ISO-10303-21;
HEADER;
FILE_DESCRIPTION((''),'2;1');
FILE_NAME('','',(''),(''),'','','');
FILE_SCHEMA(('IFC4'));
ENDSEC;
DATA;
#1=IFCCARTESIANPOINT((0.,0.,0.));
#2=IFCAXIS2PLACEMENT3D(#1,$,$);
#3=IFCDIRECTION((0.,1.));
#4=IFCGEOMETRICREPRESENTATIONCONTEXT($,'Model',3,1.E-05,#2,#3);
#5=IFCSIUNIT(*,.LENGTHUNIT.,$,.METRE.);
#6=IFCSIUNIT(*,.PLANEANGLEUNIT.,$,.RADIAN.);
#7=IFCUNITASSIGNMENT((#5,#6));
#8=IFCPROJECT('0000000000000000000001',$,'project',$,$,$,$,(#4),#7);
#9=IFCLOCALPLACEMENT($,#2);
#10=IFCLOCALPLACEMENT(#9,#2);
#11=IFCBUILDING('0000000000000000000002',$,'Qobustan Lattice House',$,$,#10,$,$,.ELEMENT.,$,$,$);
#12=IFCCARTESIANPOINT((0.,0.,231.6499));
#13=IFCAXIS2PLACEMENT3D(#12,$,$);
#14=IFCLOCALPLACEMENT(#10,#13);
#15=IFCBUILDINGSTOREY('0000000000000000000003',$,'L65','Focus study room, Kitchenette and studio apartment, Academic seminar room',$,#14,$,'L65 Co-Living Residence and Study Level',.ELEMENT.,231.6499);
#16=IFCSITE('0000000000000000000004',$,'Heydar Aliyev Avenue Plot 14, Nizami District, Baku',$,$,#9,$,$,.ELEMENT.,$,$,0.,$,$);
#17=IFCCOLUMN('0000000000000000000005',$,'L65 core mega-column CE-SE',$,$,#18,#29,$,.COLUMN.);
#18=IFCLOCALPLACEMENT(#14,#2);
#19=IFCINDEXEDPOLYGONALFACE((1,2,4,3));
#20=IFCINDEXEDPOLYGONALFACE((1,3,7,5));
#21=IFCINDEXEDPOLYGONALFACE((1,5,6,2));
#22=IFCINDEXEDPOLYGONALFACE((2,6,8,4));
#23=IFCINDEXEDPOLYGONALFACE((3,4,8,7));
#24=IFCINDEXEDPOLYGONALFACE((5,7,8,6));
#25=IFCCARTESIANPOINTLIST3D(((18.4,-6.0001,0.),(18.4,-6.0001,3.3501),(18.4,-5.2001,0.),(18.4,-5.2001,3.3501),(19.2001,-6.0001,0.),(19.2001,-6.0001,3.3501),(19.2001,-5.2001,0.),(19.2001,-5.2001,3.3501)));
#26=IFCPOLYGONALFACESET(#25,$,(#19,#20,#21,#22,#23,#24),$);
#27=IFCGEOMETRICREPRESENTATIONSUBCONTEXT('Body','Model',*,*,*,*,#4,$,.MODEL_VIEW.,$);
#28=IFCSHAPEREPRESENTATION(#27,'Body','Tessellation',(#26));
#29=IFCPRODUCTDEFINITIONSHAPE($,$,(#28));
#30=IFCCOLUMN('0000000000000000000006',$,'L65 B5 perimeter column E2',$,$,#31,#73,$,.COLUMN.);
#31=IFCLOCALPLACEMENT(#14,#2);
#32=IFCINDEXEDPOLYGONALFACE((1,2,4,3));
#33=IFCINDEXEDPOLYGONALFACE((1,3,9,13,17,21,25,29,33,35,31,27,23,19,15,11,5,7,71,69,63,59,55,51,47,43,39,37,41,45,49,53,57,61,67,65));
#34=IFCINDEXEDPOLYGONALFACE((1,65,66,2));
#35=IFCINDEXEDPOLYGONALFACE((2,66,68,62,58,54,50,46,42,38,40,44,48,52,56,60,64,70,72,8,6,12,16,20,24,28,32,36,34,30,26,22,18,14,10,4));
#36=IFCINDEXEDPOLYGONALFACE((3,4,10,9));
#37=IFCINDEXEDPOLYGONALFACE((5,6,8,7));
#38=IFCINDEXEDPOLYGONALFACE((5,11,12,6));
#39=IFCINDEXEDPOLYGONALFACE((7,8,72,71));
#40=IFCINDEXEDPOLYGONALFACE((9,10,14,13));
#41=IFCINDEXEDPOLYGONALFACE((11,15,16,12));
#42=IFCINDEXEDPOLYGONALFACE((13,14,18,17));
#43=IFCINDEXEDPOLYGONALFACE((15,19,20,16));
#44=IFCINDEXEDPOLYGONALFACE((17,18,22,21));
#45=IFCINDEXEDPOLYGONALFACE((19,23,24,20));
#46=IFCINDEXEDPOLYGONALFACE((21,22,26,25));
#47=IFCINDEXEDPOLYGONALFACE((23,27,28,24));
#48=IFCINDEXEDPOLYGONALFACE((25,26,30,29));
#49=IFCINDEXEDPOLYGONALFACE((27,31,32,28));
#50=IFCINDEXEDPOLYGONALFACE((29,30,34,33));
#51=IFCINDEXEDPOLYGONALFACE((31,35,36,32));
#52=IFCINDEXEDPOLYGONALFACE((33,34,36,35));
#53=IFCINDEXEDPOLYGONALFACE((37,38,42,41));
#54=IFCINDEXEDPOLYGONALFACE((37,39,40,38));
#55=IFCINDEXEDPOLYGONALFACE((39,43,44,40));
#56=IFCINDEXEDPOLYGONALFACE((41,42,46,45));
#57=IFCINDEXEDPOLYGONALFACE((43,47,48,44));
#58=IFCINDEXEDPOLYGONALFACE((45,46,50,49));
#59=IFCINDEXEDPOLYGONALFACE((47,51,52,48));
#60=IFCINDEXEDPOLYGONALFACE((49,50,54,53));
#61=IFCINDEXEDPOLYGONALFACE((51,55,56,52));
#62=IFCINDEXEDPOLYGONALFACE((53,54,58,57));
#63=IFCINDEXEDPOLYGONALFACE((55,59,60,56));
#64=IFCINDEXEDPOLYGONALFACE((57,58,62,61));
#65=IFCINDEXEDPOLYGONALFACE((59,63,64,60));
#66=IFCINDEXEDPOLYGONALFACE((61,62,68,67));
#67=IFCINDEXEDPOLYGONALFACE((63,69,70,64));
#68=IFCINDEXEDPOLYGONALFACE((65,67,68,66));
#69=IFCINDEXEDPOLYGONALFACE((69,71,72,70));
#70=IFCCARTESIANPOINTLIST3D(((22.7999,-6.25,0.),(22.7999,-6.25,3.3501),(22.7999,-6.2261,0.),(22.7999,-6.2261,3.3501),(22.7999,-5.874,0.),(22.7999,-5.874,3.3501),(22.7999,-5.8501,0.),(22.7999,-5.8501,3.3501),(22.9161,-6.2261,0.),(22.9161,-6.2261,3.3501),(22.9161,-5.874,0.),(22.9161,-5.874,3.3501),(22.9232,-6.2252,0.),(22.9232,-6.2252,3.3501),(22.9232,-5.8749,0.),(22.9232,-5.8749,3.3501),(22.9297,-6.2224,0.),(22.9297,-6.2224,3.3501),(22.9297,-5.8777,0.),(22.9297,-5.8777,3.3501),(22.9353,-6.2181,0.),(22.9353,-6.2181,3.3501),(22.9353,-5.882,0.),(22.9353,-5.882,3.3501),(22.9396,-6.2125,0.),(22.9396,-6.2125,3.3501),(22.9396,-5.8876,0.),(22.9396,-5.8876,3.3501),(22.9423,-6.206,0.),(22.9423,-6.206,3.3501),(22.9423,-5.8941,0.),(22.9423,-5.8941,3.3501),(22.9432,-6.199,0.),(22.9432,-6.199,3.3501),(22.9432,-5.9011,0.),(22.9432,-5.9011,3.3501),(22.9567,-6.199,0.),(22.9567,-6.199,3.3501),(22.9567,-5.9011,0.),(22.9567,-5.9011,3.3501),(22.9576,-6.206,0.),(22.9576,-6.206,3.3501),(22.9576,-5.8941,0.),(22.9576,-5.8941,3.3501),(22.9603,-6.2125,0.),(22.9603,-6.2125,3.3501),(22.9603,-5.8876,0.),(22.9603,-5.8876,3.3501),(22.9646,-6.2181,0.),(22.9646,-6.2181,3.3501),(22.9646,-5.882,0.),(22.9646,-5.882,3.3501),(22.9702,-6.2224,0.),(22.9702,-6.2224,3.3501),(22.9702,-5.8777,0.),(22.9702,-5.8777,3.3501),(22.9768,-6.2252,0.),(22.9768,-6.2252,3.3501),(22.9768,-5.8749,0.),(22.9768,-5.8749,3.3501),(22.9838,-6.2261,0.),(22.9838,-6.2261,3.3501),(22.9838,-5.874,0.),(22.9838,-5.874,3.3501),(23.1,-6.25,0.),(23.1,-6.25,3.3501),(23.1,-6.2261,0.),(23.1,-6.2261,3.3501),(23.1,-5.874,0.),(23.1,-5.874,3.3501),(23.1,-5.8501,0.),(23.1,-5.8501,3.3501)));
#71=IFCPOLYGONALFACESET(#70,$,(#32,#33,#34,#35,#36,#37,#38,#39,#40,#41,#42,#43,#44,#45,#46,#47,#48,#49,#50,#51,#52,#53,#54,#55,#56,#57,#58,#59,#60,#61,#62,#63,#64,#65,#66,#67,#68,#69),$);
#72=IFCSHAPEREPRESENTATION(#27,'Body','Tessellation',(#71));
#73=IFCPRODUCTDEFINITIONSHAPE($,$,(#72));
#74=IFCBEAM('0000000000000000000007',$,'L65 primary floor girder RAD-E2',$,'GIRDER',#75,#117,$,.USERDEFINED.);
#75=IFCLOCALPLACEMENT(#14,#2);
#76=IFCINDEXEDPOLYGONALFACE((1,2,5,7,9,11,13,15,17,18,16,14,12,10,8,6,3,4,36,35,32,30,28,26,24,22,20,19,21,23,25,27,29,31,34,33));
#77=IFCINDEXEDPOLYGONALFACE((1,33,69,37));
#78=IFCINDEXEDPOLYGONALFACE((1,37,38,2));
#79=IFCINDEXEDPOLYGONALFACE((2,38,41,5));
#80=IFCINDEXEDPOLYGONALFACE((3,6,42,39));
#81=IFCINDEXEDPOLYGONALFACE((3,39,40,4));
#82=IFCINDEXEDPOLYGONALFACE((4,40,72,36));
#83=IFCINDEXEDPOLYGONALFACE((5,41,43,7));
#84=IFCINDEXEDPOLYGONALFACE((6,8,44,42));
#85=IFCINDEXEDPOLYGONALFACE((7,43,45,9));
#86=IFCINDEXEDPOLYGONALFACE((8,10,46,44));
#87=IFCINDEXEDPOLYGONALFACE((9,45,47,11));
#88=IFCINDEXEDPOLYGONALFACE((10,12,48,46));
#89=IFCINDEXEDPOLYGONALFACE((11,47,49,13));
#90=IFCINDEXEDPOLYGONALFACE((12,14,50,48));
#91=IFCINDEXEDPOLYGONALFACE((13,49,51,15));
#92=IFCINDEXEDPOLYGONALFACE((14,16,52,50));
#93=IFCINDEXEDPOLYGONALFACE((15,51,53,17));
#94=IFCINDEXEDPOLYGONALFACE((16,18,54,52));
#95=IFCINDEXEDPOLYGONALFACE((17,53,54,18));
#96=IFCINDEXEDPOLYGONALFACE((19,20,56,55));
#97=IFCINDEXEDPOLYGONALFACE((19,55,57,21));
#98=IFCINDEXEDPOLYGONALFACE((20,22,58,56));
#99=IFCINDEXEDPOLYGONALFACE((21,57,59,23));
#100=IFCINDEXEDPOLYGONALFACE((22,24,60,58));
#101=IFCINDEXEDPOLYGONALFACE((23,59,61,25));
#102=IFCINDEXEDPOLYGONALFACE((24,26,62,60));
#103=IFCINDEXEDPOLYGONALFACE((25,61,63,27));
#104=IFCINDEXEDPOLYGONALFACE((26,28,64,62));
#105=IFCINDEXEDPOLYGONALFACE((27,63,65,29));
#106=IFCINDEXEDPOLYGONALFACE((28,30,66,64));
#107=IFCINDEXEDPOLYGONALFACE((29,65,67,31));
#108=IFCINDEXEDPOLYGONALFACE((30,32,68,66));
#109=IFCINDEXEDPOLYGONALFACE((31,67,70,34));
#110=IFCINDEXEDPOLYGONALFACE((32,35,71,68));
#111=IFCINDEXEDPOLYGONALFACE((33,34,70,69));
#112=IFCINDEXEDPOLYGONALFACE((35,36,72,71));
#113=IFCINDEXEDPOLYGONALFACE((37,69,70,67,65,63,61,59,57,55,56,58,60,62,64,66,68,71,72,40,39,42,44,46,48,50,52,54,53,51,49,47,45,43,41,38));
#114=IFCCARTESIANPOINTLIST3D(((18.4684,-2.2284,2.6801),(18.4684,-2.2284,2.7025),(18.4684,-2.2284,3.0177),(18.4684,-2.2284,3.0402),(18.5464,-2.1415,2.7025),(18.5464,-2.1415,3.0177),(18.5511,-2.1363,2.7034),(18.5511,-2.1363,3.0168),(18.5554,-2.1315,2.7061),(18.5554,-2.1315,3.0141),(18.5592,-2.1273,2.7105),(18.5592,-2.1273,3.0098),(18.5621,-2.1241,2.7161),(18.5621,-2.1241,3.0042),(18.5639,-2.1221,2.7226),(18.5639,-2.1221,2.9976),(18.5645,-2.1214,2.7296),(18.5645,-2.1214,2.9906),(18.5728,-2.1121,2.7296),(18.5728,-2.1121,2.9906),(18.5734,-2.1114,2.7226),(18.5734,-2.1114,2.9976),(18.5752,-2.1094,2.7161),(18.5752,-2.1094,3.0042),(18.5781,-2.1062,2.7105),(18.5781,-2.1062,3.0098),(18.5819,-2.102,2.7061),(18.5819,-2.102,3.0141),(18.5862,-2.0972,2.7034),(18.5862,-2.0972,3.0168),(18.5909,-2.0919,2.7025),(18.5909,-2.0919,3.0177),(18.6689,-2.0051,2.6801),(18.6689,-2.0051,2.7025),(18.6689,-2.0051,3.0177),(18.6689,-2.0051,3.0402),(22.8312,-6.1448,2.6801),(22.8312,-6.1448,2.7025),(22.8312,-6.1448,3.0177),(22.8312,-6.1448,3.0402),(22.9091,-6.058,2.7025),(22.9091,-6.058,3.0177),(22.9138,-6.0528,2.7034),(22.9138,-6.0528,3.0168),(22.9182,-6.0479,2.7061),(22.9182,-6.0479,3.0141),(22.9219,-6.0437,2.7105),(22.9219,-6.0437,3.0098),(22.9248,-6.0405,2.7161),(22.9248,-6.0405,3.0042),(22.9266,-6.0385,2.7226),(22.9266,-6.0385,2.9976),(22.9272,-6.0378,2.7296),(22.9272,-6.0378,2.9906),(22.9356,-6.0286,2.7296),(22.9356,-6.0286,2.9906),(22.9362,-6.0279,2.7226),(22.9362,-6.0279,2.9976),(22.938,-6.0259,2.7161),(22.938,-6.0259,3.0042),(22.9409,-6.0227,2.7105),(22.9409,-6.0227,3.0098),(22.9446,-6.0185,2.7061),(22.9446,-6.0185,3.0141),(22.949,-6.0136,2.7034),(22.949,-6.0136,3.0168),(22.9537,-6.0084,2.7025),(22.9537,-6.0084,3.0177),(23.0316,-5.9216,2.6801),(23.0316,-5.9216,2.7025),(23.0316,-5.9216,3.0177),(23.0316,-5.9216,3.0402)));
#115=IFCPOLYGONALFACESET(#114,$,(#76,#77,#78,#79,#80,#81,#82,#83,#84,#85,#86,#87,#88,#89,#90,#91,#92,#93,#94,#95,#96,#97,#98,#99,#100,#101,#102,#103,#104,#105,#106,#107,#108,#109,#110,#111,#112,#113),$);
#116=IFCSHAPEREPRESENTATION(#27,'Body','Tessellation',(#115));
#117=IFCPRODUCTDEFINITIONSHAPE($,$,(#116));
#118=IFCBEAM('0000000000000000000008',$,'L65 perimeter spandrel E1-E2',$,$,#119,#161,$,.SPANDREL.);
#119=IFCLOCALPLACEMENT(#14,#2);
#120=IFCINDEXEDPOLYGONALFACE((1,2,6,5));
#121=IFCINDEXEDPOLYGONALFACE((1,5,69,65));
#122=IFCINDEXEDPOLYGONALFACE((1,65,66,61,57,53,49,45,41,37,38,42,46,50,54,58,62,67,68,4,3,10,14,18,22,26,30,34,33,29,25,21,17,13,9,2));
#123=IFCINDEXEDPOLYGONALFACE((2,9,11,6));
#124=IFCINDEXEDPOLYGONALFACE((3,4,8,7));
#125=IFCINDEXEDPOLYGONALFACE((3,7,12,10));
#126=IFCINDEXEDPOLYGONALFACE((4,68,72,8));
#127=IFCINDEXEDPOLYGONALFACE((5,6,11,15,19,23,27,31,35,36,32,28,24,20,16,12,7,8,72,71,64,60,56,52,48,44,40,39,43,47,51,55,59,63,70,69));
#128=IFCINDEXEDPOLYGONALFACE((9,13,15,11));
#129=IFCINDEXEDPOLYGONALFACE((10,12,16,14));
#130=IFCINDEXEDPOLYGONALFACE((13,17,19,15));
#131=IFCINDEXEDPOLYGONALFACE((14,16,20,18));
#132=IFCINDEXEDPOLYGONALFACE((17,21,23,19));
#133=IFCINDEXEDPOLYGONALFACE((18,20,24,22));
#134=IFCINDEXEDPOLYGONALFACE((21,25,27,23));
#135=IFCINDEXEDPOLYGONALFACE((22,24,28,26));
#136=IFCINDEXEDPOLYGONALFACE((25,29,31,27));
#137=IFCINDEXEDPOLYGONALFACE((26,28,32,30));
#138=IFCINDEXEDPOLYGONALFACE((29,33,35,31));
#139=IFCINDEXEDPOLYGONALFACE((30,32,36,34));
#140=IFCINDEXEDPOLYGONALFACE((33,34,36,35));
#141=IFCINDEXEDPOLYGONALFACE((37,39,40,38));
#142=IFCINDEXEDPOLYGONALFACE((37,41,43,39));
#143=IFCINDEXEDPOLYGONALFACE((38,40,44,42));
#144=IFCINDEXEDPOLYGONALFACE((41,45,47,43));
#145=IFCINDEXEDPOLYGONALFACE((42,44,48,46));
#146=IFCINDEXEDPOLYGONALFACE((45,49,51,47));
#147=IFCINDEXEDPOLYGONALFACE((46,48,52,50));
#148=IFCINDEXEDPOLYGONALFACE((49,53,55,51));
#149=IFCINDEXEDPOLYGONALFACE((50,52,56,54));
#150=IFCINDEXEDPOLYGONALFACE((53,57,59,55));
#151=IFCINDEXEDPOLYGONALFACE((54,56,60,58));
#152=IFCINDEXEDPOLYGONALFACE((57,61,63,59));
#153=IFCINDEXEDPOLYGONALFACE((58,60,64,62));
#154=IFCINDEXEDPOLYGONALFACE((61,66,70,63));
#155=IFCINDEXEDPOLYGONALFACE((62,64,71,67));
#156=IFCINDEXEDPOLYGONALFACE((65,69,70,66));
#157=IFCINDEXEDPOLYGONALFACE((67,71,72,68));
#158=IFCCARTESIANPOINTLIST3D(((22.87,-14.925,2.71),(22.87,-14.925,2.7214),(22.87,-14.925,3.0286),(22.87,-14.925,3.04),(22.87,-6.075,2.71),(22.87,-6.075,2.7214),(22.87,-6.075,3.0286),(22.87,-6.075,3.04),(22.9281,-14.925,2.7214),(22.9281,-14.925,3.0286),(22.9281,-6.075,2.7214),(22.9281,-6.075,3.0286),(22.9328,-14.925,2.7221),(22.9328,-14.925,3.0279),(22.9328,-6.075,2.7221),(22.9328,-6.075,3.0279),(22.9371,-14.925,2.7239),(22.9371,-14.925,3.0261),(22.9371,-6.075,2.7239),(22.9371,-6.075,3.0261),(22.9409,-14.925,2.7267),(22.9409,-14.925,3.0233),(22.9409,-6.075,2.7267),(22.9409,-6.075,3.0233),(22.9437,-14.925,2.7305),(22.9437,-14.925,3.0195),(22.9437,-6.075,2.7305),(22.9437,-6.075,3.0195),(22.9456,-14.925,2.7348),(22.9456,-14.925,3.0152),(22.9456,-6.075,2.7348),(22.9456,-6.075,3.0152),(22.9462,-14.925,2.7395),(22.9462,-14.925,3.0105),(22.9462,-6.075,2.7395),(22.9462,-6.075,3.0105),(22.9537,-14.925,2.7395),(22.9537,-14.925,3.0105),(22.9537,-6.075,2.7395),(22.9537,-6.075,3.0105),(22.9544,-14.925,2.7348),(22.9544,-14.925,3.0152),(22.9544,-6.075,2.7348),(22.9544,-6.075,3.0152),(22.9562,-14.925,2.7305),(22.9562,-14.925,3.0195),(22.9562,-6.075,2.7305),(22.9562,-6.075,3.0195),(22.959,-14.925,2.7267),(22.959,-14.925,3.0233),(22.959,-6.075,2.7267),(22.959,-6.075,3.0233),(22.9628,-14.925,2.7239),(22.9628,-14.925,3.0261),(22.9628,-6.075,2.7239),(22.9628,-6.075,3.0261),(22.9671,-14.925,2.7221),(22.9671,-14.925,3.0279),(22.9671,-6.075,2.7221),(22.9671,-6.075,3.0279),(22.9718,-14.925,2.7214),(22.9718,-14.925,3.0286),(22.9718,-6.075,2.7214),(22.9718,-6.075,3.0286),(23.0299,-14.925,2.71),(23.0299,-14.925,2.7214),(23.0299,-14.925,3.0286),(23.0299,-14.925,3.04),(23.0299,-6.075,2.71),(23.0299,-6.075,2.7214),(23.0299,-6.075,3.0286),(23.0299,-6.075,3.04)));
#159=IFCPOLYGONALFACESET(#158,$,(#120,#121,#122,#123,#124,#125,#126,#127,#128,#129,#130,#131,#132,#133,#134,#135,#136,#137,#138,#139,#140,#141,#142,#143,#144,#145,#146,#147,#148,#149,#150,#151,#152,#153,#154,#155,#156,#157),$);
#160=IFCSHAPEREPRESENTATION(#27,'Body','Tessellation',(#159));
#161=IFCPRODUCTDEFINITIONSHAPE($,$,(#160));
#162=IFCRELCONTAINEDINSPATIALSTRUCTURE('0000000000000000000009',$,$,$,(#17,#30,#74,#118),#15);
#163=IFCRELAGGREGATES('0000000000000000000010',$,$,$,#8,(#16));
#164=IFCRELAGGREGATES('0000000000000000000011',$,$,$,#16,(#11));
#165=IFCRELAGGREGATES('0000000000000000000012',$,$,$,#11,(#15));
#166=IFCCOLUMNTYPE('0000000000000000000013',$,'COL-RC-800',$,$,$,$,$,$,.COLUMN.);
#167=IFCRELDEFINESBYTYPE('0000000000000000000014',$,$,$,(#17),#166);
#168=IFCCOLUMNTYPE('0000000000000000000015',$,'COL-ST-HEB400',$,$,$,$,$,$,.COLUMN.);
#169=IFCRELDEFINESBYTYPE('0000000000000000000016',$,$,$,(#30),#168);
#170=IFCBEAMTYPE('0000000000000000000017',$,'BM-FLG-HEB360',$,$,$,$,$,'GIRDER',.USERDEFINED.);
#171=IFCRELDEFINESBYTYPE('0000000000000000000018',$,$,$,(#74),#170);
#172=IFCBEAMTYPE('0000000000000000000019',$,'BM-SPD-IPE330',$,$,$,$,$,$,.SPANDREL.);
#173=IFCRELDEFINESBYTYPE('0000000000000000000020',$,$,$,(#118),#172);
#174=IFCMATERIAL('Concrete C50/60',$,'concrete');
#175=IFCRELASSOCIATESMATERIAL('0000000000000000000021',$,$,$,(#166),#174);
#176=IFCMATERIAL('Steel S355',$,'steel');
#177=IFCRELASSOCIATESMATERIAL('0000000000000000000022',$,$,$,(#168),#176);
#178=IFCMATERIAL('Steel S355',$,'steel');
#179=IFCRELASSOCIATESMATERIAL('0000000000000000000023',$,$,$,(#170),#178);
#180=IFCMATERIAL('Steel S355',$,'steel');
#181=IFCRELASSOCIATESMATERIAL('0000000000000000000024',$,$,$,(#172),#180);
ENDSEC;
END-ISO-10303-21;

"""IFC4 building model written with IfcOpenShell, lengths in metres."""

from ifc_helpers import new_model, si_unit, direction, frame, origin, origin_2d, place, context, subcontext, project, spatial, rectangle, i_section, extrude, material, material_profile, profile_set, type_object, element, save


model = new_model("IFC4")

# Units and contexts
model_context = context("Model", 3, precision=1e-05, world=origin(), true_north=direction((0.0, 1.0)))
body_context = subcontext(model_context, "Body", "Model", "MODEL_VIEW")
ifc_project = project(units=[si_unit("LENGTHUNIT", "METRE"), si_unit("PLANEANGLEUNIT", "RADIAN")], contexts=[model_context])

# Site, building, storey
site_placement = place(None, origin())
site = spatial("IfcSite", under=ifc_project, at=site_placement, Name="Heydar Aliyev Avenue Plot 14, Nizami District, Baku", CompositionType="ELEMENT", RefElevation=0.0)
building_placement = place(site_placement, origin())
building = spatial("IfcBuilding", under=site, at=building_placement, Name="Qobustan Lattice House", CompositionType="ELEMENT")
storey_placement = place(building_placement, frame((0.0, 0.0, 231.6499)))
storey = spatial("IfcBuildingStorey", under=building, at=storey_placement, Name="L65", Description="Focus study room, Kitchenette and studio apartment, Academic seminar room", LongName="L65 Co-Living Residence and Study Level", CompositionType="ELEMENT", Elevation=231.6499)

# Columns
ifc_material_1 = material(Name="Concrete C50/60", Category="concrete")
ifc_material_profile_1 = material_profile(ifc_material_1, rectangle(XDim=0.8, YDim=0.8, at=origin_2d()), Name="RC800x800")
ifc_profile_set_1 = profile_set([ifc_material_profile_1], Name="Concrete C50/60")
column_type_1 = type_object("IfcColumnType", Name="COL-RC-800", PredefinedType="COLUMN", material=ifc_profile_set_1)
column_1_placement = place(storey_placement, frame((18.8, -5.6001, 0.0), z_axis=(0.0, 0.0, 1.0), x_axis=(1.0, 0.0, 0.0)))
element("IfcColumn", 1, at=column_1_placement, inside=storey, type_object=column_type_1, Name="L65 core mega-column CE-SE", PredefinedType="COLUMN", context=body_context, shape_type="SweptSolid", body=[
    extrude(rectangle(XDim=0.8, YDim=0.8, at=origin_2d()), origin(), (0.0, 0.0, 1.0), 3.3501),
])
ifc_material_2 = material(Name="Steel S355", Category="steel")
ifc_material_profile_2 = material_profile(ifc_material_2, i_section(OverallWidth=0.3, OverallDepth=0.3999, WebThickness=0.0134, FlangeThickness=0.0239, FilletRadius=0.0271, at=origin_2d()), Name="HEB400")
ifc_profile_set_2 = profile_set([ifc_material_profile_2], Name="Steel S355")
column_type_2 = type_object("IfcColumnType", Name="COL-ST-HEB400", PredefinedType="COLUMN", material=ifc_profile_set_2)
column_2_placement = place(storey_placement, frame((22.95, -6.05, 0.0), z_axis=(0.0, 0.0, 1.0), x_axis=(1.0, 0.0, 0.0)))
element("IfcColumn", 2, at=column_2_placement, inside=storey, type_object=column_type_2, Name="L65 B5 perimeter column E2", PredefinedType="COLUMN", context=body_context, shape_type="SweptSolid", body=[
    extrude(i_section(OverallWidth=0.3, OverallDepth=0.3999, WebThickness=0.0134, FlangeThickness=0.0239, FilletRadius=0.0271, at=origin_2d()), origin(), (0.0, 0.0, 1.0), 3.3501),
])

# Beams
ifc_material_3 = material(Name="Steel S355", Category="steel")
ifc_material_profile_3 = material_profile(ifc_material_3, i_section(OverallWidth=0.3, OverallDepth=0.3601, WebThickness=0.0125, FlangeThickness=0.0225, FilletRadius=0.0271, at=origin_2d()), Name="HEB360")
ifc_profile_set_3 = profile_set([ifc_material_profile_3], Name="Steel S355")
beam_type_1 = type_object("IfcBeamType", Name="BM-FLG-HEB360", ElementType="GIRDER", PredefinedType="USERDEFINED", material=ifc_profile_set_3)
beam_1_placement = place(storey_placement, frame((22.9314, -6.0332, 2.8601), z_axis=(-0.744142, 0.668021, 0.0), x_axis=(-0.668021, -0.744142, 0.0)))
element("IfcBeam", 3, at=beam_1_placement, inside=storey, type_object=beam_type_1, Name="L65 primary floor girder RAD-E2", ObjectType="GIRDER", PredefinedType="USERDEFINED", context=body_context, shape_type="SweptSolid", body=[
    extrude(i_section(OverallWidth=0.3, OverallDepth=0.3601, WebThickness=0.0125, FlangeThickness=0.0225, FilletRadius=0.0271, at=origin_2d()), origin(), (0.0, 0.0, 1.0), 5.8628),
])
ifc_material_4 = material(Name="Steel S355", Category="steel")
ifc_material_profile_4 = material_profile(ifc_material_4, i_section(OverallWidth=0.1599, OverallDepth=0.3301, WebThickness=0.0076, FlangeThickness=0.0115, FilletRadius=0.0181, at=origin_2d()), Name="IPE330")
ifc_profile_set_4 = profile_set([ifc_material_profile_4], Name="Steel S355")
beam_type_2 = type_object("IfcBeamType", Name="BM-SPD-IPE330", PredefinedType="SPANDREL", material=ifc_profile_set_4)
beam_2_placement = place(storey_placement, frame((22.95, -14.925, 2.875), z_axis=(0.0, 1.0, 0.0), x_axis=(-1.0, 0.0, 0.0)))
element("IfcBeam", 4, at=beam_2_placement, inside=storey, type_object=beam_type_2, Name="L65 perimeter spandrel E1-E2", PredefinedType="SPANDREL", context=body_context, shape_type="SweptSolid", body=[
    extrude(i_section(OverallWidth=0.1599, OverallDepth=0.3301, WebThickness=0.0076, FlangeThickness=0.0115, FilletRadius=0.0181, at=origin_2d()), origin(), (0.0, 0.0, 1.0), 8.8501),
])

save(model, "model.ifc")
